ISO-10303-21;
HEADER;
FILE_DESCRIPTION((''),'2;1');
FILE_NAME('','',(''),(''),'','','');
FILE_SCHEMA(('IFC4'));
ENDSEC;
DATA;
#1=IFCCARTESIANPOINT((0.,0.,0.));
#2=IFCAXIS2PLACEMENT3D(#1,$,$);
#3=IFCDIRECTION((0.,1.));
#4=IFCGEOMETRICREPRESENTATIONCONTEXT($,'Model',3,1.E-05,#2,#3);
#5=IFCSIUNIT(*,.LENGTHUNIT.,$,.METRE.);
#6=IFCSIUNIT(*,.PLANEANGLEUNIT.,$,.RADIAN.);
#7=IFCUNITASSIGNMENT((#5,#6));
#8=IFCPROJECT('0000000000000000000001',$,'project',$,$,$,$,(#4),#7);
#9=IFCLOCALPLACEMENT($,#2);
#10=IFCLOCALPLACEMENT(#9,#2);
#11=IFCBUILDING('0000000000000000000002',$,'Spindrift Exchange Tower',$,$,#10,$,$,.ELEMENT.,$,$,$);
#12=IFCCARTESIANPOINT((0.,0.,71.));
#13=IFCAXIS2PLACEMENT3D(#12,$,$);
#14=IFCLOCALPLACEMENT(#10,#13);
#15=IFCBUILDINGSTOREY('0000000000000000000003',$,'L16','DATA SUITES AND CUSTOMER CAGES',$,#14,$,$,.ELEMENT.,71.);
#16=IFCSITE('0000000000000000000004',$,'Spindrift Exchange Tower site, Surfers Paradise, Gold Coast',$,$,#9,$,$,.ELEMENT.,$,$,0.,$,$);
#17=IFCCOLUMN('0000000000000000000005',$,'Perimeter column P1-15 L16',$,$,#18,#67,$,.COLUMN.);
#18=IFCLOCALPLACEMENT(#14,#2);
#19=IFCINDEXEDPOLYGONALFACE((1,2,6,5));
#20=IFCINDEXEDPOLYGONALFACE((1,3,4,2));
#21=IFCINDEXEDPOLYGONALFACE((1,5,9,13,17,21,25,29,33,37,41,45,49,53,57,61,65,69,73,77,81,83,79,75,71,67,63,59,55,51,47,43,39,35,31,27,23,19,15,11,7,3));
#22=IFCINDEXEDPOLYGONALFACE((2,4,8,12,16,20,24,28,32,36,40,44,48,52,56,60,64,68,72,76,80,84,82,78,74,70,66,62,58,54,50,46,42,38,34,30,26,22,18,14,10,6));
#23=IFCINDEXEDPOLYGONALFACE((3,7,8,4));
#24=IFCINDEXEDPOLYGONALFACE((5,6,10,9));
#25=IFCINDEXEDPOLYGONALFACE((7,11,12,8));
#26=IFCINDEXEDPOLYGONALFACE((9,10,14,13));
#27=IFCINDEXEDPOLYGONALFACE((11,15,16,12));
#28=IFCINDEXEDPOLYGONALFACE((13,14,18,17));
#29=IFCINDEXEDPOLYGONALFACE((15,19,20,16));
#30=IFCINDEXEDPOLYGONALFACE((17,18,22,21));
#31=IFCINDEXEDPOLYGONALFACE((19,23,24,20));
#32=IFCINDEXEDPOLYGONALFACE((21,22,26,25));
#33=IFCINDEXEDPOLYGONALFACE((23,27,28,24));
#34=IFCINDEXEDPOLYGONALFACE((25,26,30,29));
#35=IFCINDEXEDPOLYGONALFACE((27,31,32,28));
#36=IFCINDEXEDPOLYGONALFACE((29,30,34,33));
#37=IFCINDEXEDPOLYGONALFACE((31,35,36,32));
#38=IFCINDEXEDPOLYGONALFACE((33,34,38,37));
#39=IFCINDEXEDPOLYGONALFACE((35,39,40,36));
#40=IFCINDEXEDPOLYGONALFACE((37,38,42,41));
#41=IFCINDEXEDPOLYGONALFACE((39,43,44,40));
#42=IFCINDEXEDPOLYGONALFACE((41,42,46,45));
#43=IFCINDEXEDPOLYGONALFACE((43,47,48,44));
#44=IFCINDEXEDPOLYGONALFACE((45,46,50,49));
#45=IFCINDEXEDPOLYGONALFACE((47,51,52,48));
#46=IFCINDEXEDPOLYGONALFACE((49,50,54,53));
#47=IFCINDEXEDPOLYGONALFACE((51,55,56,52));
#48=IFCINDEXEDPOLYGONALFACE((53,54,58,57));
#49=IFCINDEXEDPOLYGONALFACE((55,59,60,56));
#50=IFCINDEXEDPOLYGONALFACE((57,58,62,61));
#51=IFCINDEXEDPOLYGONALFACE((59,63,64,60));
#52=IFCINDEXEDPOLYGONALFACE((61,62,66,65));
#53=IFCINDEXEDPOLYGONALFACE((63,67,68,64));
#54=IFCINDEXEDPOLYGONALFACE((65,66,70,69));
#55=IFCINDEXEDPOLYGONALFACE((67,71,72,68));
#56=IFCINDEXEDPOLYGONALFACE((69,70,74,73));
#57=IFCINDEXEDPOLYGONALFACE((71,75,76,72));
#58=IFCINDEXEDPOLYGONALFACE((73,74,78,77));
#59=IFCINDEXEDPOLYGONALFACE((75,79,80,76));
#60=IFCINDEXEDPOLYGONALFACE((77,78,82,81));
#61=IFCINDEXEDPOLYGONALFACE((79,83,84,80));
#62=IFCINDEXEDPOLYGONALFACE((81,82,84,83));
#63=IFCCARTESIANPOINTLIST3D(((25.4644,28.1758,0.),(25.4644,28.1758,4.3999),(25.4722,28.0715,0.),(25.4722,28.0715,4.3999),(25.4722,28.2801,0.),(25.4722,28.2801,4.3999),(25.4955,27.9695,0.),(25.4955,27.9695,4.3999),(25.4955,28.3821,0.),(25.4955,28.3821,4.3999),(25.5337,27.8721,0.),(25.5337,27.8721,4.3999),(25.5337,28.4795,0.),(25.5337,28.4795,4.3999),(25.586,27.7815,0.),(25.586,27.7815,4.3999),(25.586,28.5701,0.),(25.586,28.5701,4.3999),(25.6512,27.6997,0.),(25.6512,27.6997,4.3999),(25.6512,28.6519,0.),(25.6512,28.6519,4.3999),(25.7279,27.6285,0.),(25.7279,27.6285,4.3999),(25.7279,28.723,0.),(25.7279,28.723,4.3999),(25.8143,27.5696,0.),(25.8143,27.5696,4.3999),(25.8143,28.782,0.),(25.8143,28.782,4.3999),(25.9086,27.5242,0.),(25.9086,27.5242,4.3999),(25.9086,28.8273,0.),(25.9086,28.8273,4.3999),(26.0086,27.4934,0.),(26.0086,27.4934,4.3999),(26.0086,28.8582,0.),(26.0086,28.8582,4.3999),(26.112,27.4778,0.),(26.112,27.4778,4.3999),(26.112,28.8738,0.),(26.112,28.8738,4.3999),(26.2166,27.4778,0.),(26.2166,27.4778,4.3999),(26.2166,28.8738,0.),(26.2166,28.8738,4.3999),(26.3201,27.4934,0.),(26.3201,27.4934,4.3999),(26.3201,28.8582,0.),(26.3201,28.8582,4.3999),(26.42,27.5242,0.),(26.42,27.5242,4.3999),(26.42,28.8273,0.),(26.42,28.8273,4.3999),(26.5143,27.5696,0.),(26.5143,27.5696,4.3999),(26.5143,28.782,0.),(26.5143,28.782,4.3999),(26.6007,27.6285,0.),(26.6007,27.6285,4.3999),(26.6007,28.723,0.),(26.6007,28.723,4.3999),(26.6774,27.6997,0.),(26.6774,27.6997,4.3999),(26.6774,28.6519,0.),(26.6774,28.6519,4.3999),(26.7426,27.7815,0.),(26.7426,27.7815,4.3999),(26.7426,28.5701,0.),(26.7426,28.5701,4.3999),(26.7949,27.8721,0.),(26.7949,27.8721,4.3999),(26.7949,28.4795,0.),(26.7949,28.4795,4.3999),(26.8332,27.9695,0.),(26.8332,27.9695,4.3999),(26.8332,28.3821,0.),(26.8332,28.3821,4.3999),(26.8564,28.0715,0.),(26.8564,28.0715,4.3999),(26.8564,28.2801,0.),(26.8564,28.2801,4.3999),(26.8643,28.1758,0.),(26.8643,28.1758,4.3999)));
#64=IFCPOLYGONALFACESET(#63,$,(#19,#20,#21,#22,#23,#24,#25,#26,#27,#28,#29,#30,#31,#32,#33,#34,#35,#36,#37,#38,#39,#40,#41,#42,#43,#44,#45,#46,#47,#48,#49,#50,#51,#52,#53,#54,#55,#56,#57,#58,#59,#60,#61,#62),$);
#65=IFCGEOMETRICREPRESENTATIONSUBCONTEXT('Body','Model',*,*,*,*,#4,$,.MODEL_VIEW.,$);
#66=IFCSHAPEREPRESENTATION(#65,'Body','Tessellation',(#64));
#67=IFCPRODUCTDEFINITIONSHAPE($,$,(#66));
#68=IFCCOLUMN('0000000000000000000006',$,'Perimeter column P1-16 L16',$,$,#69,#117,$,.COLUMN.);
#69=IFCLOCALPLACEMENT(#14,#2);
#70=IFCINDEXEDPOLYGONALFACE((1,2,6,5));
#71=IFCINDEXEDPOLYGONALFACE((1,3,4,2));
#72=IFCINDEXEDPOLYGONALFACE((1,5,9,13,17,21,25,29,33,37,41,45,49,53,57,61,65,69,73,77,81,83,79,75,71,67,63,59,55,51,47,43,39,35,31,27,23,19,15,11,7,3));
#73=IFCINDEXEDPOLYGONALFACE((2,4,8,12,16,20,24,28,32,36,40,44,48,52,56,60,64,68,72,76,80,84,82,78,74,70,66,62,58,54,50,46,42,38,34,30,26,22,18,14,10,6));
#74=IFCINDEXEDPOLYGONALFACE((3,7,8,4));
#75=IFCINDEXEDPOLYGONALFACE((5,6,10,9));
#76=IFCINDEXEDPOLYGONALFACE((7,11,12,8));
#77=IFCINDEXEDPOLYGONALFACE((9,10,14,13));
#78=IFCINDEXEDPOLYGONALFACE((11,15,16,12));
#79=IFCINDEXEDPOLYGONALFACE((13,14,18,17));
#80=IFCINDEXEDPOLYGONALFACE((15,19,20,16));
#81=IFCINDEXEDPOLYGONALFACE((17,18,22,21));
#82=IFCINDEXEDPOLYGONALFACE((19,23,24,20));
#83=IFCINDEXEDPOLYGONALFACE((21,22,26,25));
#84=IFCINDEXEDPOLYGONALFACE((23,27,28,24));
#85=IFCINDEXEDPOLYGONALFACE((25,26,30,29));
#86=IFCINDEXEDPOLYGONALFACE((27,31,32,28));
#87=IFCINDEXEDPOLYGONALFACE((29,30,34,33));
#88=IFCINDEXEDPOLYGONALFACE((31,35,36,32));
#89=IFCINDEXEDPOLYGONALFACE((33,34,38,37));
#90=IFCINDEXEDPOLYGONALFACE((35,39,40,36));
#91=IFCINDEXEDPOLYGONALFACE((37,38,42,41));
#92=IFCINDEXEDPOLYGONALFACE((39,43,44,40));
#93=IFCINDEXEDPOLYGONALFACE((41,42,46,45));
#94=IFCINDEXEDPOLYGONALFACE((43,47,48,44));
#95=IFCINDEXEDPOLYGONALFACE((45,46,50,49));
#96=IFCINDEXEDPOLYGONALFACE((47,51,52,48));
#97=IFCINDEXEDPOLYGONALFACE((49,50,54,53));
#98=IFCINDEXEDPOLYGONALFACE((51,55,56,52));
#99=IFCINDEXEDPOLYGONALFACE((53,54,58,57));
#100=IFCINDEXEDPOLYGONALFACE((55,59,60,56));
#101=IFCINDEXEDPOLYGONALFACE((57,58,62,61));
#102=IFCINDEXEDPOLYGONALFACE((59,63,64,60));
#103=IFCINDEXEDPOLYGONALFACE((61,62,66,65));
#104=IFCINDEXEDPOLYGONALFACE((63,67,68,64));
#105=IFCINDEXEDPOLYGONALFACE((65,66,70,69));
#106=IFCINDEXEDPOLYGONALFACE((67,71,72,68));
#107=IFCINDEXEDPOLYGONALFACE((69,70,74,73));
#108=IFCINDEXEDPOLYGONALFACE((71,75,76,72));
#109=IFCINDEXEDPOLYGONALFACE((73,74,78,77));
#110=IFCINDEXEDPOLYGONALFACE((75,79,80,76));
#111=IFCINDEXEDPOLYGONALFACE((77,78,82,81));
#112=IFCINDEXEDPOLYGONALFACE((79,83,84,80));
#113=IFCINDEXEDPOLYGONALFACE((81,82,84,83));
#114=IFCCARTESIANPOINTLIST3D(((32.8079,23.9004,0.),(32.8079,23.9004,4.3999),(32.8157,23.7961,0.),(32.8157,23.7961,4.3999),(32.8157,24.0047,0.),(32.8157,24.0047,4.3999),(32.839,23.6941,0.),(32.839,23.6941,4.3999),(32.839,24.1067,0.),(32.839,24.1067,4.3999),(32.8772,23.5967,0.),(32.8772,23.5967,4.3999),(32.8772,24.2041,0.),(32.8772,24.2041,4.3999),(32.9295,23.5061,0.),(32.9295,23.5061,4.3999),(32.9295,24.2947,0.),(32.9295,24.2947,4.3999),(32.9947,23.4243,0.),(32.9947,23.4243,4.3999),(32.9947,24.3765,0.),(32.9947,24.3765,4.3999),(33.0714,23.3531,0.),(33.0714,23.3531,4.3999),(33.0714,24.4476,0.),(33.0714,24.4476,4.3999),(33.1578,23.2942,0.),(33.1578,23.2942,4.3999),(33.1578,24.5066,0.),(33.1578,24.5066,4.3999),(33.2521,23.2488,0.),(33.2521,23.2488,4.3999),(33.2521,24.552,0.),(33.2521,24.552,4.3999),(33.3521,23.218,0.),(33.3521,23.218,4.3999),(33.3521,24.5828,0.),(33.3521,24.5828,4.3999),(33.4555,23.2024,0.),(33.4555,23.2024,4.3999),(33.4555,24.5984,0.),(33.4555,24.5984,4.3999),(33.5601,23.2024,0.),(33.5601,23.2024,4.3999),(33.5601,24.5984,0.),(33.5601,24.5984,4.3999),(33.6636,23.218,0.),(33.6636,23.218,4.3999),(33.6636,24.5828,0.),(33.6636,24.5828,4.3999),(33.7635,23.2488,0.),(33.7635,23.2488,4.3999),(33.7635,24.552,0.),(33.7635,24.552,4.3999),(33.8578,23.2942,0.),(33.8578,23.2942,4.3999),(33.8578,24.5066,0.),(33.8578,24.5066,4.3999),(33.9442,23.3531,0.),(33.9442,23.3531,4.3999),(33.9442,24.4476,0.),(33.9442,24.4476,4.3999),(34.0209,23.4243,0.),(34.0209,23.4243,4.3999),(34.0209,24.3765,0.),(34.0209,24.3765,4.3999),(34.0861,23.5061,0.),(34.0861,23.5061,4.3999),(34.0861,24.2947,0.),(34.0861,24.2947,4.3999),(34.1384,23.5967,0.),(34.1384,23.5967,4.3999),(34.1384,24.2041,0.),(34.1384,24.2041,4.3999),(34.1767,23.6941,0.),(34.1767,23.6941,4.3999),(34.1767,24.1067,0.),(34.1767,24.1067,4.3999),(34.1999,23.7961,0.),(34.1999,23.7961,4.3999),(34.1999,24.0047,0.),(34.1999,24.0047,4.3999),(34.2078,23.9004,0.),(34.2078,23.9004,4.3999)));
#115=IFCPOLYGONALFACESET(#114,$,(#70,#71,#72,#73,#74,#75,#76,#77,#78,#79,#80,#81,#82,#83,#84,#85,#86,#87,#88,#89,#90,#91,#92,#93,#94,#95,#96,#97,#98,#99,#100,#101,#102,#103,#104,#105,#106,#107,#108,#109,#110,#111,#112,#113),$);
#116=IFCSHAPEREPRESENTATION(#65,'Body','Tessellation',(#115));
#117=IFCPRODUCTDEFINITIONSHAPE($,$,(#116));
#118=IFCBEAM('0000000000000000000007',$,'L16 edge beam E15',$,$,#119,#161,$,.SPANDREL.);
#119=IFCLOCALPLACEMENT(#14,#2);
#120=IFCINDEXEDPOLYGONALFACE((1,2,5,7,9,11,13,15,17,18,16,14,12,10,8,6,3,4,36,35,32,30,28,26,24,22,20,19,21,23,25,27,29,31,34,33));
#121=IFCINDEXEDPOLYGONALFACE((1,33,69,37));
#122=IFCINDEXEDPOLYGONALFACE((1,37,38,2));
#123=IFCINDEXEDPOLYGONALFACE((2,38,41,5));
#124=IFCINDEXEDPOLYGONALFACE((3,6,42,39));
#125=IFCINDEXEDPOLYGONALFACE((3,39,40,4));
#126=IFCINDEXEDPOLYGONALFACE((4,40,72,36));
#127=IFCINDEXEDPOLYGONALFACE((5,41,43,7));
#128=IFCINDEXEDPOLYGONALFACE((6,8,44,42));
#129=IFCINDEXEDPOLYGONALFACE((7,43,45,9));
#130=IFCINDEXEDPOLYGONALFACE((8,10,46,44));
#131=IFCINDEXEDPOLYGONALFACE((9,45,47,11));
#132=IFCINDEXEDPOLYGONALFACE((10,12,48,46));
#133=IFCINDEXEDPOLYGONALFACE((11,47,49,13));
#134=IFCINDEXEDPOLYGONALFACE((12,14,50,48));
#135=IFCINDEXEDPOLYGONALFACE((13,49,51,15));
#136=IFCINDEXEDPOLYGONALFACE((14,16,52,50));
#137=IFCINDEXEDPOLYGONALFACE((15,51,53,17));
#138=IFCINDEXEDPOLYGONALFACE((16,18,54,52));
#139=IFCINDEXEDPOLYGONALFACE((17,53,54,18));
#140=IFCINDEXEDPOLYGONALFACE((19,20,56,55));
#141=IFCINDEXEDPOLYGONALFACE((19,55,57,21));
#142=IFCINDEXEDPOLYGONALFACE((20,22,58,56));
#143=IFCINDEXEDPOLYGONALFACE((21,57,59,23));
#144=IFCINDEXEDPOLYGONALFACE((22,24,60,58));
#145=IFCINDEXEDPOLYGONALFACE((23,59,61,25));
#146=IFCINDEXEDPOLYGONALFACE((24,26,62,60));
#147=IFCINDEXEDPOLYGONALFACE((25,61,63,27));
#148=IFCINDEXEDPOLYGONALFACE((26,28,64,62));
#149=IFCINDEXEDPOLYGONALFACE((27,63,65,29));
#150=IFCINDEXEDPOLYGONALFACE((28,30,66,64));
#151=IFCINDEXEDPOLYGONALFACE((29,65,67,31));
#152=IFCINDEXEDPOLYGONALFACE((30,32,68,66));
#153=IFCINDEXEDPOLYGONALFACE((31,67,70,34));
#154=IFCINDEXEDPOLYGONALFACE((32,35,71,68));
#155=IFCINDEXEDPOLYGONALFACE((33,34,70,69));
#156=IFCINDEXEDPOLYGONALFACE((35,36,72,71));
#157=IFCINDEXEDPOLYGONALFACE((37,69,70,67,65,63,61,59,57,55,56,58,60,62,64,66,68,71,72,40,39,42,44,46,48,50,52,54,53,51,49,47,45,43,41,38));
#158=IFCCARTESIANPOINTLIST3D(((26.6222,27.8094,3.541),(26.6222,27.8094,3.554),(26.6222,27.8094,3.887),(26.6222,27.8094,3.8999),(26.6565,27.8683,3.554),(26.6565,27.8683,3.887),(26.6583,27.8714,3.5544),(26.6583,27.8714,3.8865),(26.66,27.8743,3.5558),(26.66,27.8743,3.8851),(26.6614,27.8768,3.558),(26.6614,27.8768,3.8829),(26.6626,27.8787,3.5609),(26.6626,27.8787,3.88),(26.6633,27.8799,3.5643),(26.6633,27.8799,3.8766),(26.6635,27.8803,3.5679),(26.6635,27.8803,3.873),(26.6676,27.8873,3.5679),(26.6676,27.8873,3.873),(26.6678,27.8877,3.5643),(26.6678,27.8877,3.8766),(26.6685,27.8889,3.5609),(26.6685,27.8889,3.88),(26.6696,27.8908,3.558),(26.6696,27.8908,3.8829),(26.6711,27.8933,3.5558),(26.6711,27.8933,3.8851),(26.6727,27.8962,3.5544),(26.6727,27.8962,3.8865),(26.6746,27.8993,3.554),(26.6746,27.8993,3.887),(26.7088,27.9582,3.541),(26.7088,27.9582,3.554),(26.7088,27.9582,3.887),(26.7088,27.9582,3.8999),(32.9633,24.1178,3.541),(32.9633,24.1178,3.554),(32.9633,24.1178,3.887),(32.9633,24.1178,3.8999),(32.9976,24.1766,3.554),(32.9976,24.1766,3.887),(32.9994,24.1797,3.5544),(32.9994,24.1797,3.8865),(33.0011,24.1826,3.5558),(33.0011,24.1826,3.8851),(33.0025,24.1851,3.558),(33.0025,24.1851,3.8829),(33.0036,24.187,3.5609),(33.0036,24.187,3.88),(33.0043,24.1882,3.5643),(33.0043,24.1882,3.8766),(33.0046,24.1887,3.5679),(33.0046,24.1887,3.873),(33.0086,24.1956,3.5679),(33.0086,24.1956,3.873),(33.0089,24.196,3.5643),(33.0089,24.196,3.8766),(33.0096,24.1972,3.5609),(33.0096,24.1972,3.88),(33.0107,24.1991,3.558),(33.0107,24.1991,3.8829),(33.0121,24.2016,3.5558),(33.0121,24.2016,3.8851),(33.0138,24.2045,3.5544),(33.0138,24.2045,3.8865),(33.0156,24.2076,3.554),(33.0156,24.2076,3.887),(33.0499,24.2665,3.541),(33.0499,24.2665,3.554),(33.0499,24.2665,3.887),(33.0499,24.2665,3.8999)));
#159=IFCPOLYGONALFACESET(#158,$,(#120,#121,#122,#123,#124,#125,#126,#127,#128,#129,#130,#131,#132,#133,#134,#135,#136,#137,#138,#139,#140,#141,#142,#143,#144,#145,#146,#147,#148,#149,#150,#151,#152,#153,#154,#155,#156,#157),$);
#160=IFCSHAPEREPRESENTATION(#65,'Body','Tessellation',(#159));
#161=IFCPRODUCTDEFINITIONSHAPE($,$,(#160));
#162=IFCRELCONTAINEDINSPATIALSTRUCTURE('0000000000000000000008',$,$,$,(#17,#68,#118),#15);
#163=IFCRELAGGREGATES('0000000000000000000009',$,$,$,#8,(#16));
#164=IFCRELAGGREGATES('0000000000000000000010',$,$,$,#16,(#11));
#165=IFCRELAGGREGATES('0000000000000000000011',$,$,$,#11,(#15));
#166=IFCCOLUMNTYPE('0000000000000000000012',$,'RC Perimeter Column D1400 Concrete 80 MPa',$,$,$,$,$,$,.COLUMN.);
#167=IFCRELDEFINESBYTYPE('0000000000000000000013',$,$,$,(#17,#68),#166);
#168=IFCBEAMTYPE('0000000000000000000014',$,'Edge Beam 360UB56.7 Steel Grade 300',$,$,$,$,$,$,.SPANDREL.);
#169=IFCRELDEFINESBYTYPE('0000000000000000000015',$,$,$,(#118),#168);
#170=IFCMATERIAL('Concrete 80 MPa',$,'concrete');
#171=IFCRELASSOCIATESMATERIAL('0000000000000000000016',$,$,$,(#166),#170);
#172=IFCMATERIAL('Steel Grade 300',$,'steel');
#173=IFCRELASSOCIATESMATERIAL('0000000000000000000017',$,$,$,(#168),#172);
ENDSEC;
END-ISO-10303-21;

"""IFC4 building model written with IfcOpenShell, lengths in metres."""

from ifc_helpers import new_model, si_unit, direction, frame, origin, origin_2d, place, context, subcontext, project, spatial, circle, i_section, extrude, source, transform, mapped, material, material_profile, profile_set, type_object, element, save


model = new_model("IFC4")

# Units and contexts
model_context = context("Model", 3, precision=1e-05, world=origin(), true_north=direction((0.0, 1.0)))
body_context = subcontext(model_context, "Body", "Model", "MODEL_VIEW")
ifc_project = project(units=[si_unit("LENGTHUNIT", "METRE"), si_unit("PLANEANGLEUNIT", "RADIAN")], contexts=[model_context])

# Site, building, storey
site_placement = place(None, origin())
site = spatial("IfcSite", under=ifc_project, at=site_placement, Name="Spindrift Exchange Tower site, Surfers Paradise, Gold Coast", CompositionType="ELEMENT", RefElevation=0.0)
building_placement = place(site_placement, origin())
building = spatial("IfcBuilding", under=site, at=building_placement, Name="Spindrift Exchange Tower", CompositionType="ELEMENT")
storey_placement = place(building_placement, frame((0.0, 0.0, 71.0)))
storey = spatial("IfcBuildingStorey", under=building, at=storey_placement, Name="L16", Description="DATA SUITES AND CUSTOMER CAGES", CompositionType="ELEMENT", Elevation=71.0)

# Columns
ifc_material_1 = material(Name="Concrete 80 MPa", Category="concrete")
ifc_material_profile_1 = material_profile(ifc_material_1, circle(Radius=0.7, at=origin_2d()), Name="RC D1400")
ifc_profile_set_1 = profile_set([ifc_material_profile_1], Name="Concrete 80 MPa")
column_type = type_object("IfcColumnType", Name="RC Perimeter Column D1400 Concrete 80 MPa", PredefinedType="COLUMN", material=ifc_profile_set_1)
shared_shape_1 = source(origin(), body_context, "Body", "SweptSolid", [
    extrude(circle(Radius=0.7, at=origin_2d()), origin(), (0.0, 0.0, 1.0), 4.3999),
])
for number, where, z_axis, x_axis, name in (
    (1, (26.1643, 28.1758, 0.0), (0.0, 0.0, 1.0), (1.0, 0.0, 0.0), "Perimeter column P1-15 L16"),
    (2, (33.5078, 23.9004, 0.0), (0.0, 0.0, 1.0), (1.0, 0.0, 0.0), "Perimeter column P1-16 L16"),
):
    element("IfcColumn", number, at=place(storey_placement, frame(where, z_axis=z_axis, x_axis=x_axis)), inside=storey, type_object=column_type, Name=name, PredefinedType="COLUMN", context=body_context, shape_type="MappedRepresentation", body=[
        mapped(shared_shape_1, transform((0.0, 0.0, 0.0), scale=1.0)),
    ])

# Beam
ifc_material_2 = material(Name="Steel Grade 300", Category="steel")
ifc_material_profile_2 = material_profile(ifc_material_2, i_section(OverallWidth=0.1721, OverallDepth=0.3589, WebThickness=0.0081, FlangeThickness=0.0129, FilletRadius=0.0139, at=origin_2d()), Name="360UB56.7")
ifc_profile_set_2 = profile_set([ifc_material_profile_2], Name="Steel Grade 300")
beam_type_1 = type_object("IfcBeamType", Name="Edge Beam 360UB56.7 Steel Grade 300", PredefinedType="SPANDREL", material=ifc_profile_set_2)
shared_shape_2 = source(origin(), body_context, "Body", "SweptSolid", [
    extrude(i_section(OverallWidth=0.1721, OverallDepth=0.3589, WebThickness=0.0081, FlangeThickness=0.0129, FilletRadius=0.0139, at=origin_2d()), origin(), (0.0, 0.0, 1.0), 7.3374),
])
beam_1_placement = place(storey_placement, frame((26.6655, 27.8838, 3.7205), z_axis=(0.864212, -0.503128, 0.0), x_axis=(0.503128, 0.864212, 0.0)))
element("IfcBeam", 3, at=beam_1_placement, inside=storey, type_object=beam_type_1, Name="L16 edge beam E15", PredefinedType="SPANDREL", context=body_context, shape_type="MappedRepresentation", body=[
    mapped(shared_shape_2, transform((0.0, 0.0, 0.0), scale=1.0)),
])

save(model, "model.ifc")
